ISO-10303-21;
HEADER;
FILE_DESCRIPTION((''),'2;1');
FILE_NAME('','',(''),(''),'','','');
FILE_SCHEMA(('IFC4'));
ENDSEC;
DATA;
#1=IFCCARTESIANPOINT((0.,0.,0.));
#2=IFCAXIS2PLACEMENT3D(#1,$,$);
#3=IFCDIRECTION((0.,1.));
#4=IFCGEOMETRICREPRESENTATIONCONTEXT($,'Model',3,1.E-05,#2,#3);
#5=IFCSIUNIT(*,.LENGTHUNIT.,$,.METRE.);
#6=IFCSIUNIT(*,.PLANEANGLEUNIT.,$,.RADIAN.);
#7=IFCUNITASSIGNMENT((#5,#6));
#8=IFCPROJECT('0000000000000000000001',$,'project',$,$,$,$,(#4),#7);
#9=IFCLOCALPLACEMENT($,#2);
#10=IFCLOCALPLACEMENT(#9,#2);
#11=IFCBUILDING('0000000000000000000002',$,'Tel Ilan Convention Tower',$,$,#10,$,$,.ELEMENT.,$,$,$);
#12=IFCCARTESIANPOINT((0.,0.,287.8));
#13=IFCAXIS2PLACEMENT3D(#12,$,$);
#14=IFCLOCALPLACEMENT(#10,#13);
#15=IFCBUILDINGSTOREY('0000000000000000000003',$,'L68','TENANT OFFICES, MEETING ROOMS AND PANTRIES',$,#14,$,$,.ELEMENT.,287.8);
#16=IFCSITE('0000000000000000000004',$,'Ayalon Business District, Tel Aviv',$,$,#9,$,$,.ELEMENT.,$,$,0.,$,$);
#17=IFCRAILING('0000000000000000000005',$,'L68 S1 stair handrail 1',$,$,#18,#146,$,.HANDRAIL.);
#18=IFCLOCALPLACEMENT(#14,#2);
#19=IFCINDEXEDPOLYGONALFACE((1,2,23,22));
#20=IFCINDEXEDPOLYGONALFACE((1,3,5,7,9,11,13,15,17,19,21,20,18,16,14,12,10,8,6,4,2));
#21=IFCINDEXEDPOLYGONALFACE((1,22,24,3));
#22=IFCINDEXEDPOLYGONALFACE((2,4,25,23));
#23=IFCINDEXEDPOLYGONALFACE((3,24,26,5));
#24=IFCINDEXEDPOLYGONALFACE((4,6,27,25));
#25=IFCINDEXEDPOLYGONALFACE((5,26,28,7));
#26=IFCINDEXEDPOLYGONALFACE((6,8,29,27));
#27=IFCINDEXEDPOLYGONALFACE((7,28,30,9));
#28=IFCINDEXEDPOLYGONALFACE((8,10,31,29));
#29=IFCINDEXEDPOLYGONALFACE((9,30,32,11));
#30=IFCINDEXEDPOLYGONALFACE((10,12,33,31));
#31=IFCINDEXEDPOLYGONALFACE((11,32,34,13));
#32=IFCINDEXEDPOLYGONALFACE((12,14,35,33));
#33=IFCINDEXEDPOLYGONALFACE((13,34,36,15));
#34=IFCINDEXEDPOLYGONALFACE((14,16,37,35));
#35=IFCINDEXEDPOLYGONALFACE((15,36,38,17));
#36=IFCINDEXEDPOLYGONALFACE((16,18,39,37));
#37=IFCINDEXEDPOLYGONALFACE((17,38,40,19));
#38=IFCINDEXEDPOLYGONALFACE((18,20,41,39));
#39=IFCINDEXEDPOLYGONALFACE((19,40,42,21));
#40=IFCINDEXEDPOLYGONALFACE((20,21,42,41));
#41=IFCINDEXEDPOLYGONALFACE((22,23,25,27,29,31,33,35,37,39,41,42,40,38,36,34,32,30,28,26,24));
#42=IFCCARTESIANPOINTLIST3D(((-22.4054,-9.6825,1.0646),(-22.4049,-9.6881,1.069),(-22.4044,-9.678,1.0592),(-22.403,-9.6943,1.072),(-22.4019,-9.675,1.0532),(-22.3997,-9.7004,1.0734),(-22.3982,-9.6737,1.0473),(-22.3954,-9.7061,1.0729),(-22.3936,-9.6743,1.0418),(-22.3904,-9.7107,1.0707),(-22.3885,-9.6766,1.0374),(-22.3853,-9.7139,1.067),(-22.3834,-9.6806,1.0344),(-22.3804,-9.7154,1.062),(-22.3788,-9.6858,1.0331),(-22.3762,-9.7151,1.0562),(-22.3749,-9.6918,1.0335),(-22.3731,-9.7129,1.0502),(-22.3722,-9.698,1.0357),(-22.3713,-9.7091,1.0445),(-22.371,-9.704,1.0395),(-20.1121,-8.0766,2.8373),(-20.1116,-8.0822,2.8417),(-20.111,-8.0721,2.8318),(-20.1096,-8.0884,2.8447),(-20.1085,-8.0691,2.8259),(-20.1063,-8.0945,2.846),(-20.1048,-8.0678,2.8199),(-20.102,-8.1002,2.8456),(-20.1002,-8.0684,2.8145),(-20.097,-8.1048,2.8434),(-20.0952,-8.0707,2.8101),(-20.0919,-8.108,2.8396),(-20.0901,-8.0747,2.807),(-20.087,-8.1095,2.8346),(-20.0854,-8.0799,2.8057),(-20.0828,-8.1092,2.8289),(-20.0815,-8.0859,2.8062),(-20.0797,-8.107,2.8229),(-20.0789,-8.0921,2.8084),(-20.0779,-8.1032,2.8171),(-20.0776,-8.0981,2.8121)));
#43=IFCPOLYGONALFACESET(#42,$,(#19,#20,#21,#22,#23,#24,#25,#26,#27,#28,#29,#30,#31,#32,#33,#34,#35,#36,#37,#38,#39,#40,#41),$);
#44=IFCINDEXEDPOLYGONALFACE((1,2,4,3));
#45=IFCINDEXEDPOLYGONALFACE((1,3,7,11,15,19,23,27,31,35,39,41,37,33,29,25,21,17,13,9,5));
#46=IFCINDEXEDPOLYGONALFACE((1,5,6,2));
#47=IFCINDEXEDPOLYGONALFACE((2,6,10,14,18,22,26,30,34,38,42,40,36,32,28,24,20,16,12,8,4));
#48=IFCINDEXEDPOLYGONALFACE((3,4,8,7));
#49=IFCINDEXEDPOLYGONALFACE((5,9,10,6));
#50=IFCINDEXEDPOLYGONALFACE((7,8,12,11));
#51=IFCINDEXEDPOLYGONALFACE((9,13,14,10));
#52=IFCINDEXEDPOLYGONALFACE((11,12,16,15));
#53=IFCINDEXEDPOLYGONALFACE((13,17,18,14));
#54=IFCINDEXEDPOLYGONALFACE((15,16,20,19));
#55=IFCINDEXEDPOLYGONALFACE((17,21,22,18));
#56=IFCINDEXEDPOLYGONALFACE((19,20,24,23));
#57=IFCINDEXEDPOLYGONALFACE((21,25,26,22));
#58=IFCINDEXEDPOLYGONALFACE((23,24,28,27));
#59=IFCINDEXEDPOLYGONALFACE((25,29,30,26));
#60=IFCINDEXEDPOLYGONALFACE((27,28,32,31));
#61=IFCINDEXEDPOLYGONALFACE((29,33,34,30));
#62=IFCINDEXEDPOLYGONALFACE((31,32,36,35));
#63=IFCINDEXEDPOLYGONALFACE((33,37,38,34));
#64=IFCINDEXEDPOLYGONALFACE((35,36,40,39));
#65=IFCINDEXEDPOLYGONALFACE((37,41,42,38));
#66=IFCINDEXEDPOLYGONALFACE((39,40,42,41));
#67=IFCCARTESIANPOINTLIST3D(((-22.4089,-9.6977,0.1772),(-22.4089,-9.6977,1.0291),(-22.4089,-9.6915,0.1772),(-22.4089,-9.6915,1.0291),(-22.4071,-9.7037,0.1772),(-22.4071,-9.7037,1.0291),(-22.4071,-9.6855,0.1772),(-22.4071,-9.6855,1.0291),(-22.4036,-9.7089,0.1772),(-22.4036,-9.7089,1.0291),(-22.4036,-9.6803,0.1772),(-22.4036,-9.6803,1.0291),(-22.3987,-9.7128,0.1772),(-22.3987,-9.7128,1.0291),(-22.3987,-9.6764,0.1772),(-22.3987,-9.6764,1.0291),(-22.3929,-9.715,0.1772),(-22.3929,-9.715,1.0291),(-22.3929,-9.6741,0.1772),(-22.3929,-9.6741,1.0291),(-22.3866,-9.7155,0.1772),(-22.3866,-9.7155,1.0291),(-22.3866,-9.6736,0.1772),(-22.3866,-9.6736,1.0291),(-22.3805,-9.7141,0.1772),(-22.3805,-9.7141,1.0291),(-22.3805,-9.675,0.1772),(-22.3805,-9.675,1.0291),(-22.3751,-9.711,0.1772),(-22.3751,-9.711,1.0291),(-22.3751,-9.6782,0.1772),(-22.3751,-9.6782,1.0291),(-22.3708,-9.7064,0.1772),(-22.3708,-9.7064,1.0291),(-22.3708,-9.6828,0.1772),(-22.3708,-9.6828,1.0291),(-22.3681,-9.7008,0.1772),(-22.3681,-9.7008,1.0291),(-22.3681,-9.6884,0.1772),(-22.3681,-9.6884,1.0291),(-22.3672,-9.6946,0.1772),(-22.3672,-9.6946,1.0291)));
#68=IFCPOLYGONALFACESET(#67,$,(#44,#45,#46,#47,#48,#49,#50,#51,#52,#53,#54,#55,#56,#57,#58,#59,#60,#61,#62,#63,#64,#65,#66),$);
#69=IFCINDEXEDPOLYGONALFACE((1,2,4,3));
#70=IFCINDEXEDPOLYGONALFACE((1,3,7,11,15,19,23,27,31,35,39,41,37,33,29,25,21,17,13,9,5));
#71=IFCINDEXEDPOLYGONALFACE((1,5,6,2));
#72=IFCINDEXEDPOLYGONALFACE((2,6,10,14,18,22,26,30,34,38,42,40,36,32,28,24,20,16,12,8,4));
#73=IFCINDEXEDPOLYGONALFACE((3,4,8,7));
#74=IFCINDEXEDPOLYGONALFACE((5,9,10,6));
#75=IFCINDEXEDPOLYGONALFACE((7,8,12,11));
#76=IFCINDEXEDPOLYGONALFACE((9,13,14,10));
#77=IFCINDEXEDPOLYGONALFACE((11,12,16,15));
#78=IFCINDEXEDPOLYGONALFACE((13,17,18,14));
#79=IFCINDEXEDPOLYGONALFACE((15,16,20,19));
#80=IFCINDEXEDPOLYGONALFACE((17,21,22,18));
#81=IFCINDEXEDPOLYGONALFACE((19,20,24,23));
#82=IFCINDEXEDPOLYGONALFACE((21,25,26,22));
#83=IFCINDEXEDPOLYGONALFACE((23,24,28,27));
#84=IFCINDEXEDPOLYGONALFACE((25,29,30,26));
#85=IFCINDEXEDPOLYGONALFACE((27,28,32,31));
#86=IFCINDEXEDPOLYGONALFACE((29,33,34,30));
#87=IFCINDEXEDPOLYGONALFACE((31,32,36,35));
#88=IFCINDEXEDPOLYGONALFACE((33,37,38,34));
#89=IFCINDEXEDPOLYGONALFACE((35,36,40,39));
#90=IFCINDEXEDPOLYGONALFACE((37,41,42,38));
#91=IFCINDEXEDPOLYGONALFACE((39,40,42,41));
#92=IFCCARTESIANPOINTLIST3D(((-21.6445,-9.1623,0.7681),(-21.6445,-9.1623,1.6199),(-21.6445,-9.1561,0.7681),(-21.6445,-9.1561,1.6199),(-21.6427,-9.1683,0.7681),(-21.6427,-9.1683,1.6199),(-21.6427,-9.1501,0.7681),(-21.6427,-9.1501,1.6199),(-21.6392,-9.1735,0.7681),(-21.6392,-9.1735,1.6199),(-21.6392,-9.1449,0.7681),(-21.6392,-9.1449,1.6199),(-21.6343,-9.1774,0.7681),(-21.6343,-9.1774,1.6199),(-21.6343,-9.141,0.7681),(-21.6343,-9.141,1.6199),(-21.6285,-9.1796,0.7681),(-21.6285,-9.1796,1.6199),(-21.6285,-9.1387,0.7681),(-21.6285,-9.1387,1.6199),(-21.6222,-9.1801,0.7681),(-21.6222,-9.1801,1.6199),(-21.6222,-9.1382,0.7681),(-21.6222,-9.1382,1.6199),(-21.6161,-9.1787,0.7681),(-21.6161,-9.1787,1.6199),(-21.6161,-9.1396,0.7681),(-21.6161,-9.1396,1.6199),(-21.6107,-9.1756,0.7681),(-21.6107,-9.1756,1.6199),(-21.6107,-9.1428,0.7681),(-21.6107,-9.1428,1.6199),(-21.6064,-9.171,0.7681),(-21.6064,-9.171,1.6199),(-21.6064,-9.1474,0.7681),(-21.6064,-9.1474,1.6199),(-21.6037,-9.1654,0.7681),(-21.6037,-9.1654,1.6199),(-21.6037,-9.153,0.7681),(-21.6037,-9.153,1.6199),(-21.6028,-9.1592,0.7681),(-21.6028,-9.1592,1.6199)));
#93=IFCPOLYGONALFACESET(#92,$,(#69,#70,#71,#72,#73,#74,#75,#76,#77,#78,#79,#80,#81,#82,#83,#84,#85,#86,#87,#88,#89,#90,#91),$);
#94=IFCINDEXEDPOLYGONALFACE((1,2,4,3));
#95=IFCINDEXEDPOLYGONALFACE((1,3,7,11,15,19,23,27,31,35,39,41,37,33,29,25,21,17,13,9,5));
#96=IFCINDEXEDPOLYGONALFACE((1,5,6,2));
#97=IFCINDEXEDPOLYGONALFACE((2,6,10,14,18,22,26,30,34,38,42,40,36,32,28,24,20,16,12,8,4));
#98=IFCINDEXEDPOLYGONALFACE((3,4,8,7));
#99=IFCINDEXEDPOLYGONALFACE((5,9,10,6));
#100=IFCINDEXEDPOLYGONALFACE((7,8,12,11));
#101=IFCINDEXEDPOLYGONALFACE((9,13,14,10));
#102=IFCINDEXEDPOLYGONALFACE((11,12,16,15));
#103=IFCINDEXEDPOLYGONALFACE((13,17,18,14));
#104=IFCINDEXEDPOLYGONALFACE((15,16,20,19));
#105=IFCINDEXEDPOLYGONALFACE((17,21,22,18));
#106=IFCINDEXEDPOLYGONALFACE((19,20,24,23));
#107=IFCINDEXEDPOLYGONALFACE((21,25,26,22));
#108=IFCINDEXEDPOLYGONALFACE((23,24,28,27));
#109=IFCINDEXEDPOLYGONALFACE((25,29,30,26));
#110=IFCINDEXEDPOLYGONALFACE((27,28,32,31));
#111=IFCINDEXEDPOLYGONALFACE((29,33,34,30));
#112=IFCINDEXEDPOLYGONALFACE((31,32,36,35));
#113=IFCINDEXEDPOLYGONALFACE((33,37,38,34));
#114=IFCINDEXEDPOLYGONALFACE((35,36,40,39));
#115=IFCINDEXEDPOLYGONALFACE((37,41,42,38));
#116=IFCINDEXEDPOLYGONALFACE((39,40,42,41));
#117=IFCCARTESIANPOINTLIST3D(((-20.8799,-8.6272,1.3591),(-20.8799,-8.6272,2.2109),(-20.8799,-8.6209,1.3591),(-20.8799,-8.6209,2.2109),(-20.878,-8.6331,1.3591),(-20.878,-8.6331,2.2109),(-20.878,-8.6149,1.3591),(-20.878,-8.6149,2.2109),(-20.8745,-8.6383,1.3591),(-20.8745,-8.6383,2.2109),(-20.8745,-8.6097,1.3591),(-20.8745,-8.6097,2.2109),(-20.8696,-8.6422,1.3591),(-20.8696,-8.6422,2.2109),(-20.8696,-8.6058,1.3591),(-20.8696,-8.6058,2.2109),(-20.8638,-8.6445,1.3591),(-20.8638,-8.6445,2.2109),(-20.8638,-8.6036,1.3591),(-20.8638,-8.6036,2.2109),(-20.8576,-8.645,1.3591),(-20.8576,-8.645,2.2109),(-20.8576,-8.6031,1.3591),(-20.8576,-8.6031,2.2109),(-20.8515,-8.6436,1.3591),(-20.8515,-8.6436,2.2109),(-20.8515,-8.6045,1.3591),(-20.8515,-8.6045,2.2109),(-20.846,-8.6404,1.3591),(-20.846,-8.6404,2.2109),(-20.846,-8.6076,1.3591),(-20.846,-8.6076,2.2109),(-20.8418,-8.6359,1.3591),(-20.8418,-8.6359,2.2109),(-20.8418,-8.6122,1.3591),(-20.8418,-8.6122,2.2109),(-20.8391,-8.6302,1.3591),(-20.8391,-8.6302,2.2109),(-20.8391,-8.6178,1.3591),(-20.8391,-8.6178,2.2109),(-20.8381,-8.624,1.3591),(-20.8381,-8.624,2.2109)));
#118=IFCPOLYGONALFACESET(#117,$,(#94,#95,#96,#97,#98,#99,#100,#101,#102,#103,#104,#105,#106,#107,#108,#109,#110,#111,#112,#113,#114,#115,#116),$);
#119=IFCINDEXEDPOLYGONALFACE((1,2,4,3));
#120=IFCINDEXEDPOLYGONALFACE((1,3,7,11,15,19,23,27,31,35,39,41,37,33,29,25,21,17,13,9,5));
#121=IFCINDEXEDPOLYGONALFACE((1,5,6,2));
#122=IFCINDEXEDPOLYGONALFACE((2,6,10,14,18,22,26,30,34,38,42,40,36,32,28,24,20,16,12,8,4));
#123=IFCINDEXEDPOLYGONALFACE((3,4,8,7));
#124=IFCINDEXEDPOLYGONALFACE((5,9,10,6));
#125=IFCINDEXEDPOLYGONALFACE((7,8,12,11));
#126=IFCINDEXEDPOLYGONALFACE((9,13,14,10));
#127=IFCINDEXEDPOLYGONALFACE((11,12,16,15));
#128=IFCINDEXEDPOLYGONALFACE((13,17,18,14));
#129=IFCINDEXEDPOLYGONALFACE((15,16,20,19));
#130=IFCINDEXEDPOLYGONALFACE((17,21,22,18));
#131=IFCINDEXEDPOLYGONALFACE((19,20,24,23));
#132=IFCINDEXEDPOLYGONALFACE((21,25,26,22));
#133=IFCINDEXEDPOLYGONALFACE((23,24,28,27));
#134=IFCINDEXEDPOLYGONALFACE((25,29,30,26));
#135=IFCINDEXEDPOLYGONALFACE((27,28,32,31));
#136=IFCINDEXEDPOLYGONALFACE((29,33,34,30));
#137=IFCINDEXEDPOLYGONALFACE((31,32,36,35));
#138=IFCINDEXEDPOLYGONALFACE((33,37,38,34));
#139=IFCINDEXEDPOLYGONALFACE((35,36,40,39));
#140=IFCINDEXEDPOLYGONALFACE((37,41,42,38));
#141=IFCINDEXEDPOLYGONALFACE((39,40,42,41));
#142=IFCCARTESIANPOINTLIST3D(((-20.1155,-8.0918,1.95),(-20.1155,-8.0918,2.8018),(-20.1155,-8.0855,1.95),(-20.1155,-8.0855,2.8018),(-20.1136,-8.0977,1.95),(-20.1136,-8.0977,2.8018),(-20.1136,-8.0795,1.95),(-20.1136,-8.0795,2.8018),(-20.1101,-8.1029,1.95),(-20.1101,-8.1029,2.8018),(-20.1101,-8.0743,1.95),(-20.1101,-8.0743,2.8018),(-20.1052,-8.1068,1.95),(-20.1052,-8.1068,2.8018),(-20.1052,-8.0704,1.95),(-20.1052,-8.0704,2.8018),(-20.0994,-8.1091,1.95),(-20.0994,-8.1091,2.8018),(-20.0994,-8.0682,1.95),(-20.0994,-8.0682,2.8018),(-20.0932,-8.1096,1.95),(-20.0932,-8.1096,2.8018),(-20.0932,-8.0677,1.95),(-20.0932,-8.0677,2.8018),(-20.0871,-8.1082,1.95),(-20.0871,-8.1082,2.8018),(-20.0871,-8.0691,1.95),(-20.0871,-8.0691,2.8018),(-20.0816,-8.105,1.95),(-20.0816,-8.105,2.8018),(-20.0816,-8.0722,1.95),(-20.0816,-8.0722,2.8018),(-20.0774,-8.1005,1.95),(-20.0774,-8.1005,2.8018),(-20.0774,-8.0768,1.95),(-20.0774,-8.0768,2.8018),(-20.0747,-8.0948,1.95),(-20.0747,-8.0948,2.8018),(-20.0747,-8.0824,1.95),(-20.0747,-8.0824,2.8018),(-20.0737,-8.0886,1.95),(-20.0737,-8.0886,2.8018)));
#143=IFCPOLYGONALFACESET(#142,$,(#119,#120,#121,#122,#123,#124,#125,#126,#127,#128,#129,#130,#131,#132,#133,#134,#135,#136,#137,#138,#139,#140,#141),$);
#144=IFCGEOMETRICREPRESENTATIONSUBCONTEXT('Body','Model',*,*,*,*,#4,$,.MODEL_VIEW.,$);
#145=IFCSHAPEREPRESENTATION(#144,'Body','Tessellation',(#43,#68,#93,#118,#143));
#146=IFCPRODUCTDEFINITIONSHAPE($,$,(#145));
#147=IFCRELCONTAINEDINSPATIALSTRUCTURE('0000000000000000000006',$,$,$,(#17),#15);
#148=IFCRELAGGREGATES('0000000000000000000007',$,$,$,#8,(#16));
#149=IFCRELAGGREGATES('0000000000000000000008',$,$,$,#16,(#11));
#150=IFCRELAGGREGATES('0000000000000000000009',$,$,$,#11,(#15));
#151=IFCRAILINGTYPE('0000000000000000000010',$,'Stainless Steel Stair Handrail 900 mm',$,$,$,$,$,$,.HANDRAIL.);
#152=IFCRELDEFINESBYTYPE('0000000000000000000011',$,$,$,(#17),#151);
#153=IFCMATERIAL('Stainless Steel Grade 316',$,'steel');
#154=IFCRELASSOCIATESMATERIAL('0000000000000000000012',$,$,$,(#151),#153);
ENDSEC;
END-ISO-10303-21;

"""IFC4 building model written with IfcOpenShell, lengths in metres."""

from ifc_helpers import new_model, si_unit, direction, frame, origin, origin_2d, place, context, subcontext, project, spatial, circle, extrude, material, type_object, element, save


model = new_model("IFC4")

# Units and contexts
model_context = context("Model", 3, precision=1e-05, world=origin(), true_north=direction((0.0, 1.0)))
body_context = subcontext(model_context, "Body", "Model", "MODEL_VIEW")
ifc_project = project(units=[si_unit("LENGTHUNIT", "METRE"), si_unit("PLANEANGLEUNIT", "RADIAN")], contexts=[model_context])

# Site, building, storey
site_placement = place(None, origin())
site = spatial("IfcSite", under=ifc_project, at=site_placement, Name="Ayalon Business District, Tel Aviv", CompositionType="ELEMENT", RefElevation=0.0)
building_placement = place(site_placement, origin())
building = spatial("IfcBuilding", under=site, at=building_placement, Name="Tel Ilan Convention Tower", CompositionType="ELEMENT")
storey_placement = place(building_placement, frame((0.0, 0.0, 287.8)))
storey = spatial("IfcBuildingStorey", under=building, at=storey_placement, Name="L68", Description="TENANT OFFICES, MEETING ROOMS AND PANTRIES", CompositionType="ELEMENT", Elevation=287.8)

# Railing
ifc_material_1 = material(Name="Stainless Steel Grade 316", Category="steel")
railing_type_1 = type_object("IfcRailingType", Name="Stainless Steel Stair Handrail 900 mm", PredefinedType="HANDRAIL", material=ifc_material_1)
railing_1_placement = place(storey_placement, frame((-22.3882, -9.6946, 0.1772)))
element("IfcRailing", 1, at=railing_1_placement, inside=storey, type_object=railing_type_1, Name="L68 S1 stair handrail 1", PredefinedType="HANDRAIL", context=body_context, shape_type="SweptSolid", body=[
    extrude(circle(Radius=0.0239, at=origin_2d()), frame((0.0, 0.0, 0.876), z_axis=(0.692085, 0.484621, 0.53494), x_axis=(-0.573591, 0.819142, 0.0)), (0.0, 0.0, 1.0), 3.3137),
    extrude(circle(Radius=0.021, at=origin_2d()), origin(), (0.0, 0.0, 1.0), 0.8518),
    extrude(circle(Radius=0.021, at=origin_2d()), frame((0.7644, 0.5354, 0.5908)), (0.0, 0.0, 1.0), 0.8518),
    extrude(circle(Radius=0.021, at=origin_2d()), frame((1.5291, 1.0706, 1.1819)), (0.0, 0.0, 1.0), 0.8518),
    extrude(circle(Radius=0.021, at=origin_2d()), frame((2.2935, 1.606, 1.7727)), (0.0, 0.0, 1.0), 0.8518),
])

save(model, "model.ifc")
